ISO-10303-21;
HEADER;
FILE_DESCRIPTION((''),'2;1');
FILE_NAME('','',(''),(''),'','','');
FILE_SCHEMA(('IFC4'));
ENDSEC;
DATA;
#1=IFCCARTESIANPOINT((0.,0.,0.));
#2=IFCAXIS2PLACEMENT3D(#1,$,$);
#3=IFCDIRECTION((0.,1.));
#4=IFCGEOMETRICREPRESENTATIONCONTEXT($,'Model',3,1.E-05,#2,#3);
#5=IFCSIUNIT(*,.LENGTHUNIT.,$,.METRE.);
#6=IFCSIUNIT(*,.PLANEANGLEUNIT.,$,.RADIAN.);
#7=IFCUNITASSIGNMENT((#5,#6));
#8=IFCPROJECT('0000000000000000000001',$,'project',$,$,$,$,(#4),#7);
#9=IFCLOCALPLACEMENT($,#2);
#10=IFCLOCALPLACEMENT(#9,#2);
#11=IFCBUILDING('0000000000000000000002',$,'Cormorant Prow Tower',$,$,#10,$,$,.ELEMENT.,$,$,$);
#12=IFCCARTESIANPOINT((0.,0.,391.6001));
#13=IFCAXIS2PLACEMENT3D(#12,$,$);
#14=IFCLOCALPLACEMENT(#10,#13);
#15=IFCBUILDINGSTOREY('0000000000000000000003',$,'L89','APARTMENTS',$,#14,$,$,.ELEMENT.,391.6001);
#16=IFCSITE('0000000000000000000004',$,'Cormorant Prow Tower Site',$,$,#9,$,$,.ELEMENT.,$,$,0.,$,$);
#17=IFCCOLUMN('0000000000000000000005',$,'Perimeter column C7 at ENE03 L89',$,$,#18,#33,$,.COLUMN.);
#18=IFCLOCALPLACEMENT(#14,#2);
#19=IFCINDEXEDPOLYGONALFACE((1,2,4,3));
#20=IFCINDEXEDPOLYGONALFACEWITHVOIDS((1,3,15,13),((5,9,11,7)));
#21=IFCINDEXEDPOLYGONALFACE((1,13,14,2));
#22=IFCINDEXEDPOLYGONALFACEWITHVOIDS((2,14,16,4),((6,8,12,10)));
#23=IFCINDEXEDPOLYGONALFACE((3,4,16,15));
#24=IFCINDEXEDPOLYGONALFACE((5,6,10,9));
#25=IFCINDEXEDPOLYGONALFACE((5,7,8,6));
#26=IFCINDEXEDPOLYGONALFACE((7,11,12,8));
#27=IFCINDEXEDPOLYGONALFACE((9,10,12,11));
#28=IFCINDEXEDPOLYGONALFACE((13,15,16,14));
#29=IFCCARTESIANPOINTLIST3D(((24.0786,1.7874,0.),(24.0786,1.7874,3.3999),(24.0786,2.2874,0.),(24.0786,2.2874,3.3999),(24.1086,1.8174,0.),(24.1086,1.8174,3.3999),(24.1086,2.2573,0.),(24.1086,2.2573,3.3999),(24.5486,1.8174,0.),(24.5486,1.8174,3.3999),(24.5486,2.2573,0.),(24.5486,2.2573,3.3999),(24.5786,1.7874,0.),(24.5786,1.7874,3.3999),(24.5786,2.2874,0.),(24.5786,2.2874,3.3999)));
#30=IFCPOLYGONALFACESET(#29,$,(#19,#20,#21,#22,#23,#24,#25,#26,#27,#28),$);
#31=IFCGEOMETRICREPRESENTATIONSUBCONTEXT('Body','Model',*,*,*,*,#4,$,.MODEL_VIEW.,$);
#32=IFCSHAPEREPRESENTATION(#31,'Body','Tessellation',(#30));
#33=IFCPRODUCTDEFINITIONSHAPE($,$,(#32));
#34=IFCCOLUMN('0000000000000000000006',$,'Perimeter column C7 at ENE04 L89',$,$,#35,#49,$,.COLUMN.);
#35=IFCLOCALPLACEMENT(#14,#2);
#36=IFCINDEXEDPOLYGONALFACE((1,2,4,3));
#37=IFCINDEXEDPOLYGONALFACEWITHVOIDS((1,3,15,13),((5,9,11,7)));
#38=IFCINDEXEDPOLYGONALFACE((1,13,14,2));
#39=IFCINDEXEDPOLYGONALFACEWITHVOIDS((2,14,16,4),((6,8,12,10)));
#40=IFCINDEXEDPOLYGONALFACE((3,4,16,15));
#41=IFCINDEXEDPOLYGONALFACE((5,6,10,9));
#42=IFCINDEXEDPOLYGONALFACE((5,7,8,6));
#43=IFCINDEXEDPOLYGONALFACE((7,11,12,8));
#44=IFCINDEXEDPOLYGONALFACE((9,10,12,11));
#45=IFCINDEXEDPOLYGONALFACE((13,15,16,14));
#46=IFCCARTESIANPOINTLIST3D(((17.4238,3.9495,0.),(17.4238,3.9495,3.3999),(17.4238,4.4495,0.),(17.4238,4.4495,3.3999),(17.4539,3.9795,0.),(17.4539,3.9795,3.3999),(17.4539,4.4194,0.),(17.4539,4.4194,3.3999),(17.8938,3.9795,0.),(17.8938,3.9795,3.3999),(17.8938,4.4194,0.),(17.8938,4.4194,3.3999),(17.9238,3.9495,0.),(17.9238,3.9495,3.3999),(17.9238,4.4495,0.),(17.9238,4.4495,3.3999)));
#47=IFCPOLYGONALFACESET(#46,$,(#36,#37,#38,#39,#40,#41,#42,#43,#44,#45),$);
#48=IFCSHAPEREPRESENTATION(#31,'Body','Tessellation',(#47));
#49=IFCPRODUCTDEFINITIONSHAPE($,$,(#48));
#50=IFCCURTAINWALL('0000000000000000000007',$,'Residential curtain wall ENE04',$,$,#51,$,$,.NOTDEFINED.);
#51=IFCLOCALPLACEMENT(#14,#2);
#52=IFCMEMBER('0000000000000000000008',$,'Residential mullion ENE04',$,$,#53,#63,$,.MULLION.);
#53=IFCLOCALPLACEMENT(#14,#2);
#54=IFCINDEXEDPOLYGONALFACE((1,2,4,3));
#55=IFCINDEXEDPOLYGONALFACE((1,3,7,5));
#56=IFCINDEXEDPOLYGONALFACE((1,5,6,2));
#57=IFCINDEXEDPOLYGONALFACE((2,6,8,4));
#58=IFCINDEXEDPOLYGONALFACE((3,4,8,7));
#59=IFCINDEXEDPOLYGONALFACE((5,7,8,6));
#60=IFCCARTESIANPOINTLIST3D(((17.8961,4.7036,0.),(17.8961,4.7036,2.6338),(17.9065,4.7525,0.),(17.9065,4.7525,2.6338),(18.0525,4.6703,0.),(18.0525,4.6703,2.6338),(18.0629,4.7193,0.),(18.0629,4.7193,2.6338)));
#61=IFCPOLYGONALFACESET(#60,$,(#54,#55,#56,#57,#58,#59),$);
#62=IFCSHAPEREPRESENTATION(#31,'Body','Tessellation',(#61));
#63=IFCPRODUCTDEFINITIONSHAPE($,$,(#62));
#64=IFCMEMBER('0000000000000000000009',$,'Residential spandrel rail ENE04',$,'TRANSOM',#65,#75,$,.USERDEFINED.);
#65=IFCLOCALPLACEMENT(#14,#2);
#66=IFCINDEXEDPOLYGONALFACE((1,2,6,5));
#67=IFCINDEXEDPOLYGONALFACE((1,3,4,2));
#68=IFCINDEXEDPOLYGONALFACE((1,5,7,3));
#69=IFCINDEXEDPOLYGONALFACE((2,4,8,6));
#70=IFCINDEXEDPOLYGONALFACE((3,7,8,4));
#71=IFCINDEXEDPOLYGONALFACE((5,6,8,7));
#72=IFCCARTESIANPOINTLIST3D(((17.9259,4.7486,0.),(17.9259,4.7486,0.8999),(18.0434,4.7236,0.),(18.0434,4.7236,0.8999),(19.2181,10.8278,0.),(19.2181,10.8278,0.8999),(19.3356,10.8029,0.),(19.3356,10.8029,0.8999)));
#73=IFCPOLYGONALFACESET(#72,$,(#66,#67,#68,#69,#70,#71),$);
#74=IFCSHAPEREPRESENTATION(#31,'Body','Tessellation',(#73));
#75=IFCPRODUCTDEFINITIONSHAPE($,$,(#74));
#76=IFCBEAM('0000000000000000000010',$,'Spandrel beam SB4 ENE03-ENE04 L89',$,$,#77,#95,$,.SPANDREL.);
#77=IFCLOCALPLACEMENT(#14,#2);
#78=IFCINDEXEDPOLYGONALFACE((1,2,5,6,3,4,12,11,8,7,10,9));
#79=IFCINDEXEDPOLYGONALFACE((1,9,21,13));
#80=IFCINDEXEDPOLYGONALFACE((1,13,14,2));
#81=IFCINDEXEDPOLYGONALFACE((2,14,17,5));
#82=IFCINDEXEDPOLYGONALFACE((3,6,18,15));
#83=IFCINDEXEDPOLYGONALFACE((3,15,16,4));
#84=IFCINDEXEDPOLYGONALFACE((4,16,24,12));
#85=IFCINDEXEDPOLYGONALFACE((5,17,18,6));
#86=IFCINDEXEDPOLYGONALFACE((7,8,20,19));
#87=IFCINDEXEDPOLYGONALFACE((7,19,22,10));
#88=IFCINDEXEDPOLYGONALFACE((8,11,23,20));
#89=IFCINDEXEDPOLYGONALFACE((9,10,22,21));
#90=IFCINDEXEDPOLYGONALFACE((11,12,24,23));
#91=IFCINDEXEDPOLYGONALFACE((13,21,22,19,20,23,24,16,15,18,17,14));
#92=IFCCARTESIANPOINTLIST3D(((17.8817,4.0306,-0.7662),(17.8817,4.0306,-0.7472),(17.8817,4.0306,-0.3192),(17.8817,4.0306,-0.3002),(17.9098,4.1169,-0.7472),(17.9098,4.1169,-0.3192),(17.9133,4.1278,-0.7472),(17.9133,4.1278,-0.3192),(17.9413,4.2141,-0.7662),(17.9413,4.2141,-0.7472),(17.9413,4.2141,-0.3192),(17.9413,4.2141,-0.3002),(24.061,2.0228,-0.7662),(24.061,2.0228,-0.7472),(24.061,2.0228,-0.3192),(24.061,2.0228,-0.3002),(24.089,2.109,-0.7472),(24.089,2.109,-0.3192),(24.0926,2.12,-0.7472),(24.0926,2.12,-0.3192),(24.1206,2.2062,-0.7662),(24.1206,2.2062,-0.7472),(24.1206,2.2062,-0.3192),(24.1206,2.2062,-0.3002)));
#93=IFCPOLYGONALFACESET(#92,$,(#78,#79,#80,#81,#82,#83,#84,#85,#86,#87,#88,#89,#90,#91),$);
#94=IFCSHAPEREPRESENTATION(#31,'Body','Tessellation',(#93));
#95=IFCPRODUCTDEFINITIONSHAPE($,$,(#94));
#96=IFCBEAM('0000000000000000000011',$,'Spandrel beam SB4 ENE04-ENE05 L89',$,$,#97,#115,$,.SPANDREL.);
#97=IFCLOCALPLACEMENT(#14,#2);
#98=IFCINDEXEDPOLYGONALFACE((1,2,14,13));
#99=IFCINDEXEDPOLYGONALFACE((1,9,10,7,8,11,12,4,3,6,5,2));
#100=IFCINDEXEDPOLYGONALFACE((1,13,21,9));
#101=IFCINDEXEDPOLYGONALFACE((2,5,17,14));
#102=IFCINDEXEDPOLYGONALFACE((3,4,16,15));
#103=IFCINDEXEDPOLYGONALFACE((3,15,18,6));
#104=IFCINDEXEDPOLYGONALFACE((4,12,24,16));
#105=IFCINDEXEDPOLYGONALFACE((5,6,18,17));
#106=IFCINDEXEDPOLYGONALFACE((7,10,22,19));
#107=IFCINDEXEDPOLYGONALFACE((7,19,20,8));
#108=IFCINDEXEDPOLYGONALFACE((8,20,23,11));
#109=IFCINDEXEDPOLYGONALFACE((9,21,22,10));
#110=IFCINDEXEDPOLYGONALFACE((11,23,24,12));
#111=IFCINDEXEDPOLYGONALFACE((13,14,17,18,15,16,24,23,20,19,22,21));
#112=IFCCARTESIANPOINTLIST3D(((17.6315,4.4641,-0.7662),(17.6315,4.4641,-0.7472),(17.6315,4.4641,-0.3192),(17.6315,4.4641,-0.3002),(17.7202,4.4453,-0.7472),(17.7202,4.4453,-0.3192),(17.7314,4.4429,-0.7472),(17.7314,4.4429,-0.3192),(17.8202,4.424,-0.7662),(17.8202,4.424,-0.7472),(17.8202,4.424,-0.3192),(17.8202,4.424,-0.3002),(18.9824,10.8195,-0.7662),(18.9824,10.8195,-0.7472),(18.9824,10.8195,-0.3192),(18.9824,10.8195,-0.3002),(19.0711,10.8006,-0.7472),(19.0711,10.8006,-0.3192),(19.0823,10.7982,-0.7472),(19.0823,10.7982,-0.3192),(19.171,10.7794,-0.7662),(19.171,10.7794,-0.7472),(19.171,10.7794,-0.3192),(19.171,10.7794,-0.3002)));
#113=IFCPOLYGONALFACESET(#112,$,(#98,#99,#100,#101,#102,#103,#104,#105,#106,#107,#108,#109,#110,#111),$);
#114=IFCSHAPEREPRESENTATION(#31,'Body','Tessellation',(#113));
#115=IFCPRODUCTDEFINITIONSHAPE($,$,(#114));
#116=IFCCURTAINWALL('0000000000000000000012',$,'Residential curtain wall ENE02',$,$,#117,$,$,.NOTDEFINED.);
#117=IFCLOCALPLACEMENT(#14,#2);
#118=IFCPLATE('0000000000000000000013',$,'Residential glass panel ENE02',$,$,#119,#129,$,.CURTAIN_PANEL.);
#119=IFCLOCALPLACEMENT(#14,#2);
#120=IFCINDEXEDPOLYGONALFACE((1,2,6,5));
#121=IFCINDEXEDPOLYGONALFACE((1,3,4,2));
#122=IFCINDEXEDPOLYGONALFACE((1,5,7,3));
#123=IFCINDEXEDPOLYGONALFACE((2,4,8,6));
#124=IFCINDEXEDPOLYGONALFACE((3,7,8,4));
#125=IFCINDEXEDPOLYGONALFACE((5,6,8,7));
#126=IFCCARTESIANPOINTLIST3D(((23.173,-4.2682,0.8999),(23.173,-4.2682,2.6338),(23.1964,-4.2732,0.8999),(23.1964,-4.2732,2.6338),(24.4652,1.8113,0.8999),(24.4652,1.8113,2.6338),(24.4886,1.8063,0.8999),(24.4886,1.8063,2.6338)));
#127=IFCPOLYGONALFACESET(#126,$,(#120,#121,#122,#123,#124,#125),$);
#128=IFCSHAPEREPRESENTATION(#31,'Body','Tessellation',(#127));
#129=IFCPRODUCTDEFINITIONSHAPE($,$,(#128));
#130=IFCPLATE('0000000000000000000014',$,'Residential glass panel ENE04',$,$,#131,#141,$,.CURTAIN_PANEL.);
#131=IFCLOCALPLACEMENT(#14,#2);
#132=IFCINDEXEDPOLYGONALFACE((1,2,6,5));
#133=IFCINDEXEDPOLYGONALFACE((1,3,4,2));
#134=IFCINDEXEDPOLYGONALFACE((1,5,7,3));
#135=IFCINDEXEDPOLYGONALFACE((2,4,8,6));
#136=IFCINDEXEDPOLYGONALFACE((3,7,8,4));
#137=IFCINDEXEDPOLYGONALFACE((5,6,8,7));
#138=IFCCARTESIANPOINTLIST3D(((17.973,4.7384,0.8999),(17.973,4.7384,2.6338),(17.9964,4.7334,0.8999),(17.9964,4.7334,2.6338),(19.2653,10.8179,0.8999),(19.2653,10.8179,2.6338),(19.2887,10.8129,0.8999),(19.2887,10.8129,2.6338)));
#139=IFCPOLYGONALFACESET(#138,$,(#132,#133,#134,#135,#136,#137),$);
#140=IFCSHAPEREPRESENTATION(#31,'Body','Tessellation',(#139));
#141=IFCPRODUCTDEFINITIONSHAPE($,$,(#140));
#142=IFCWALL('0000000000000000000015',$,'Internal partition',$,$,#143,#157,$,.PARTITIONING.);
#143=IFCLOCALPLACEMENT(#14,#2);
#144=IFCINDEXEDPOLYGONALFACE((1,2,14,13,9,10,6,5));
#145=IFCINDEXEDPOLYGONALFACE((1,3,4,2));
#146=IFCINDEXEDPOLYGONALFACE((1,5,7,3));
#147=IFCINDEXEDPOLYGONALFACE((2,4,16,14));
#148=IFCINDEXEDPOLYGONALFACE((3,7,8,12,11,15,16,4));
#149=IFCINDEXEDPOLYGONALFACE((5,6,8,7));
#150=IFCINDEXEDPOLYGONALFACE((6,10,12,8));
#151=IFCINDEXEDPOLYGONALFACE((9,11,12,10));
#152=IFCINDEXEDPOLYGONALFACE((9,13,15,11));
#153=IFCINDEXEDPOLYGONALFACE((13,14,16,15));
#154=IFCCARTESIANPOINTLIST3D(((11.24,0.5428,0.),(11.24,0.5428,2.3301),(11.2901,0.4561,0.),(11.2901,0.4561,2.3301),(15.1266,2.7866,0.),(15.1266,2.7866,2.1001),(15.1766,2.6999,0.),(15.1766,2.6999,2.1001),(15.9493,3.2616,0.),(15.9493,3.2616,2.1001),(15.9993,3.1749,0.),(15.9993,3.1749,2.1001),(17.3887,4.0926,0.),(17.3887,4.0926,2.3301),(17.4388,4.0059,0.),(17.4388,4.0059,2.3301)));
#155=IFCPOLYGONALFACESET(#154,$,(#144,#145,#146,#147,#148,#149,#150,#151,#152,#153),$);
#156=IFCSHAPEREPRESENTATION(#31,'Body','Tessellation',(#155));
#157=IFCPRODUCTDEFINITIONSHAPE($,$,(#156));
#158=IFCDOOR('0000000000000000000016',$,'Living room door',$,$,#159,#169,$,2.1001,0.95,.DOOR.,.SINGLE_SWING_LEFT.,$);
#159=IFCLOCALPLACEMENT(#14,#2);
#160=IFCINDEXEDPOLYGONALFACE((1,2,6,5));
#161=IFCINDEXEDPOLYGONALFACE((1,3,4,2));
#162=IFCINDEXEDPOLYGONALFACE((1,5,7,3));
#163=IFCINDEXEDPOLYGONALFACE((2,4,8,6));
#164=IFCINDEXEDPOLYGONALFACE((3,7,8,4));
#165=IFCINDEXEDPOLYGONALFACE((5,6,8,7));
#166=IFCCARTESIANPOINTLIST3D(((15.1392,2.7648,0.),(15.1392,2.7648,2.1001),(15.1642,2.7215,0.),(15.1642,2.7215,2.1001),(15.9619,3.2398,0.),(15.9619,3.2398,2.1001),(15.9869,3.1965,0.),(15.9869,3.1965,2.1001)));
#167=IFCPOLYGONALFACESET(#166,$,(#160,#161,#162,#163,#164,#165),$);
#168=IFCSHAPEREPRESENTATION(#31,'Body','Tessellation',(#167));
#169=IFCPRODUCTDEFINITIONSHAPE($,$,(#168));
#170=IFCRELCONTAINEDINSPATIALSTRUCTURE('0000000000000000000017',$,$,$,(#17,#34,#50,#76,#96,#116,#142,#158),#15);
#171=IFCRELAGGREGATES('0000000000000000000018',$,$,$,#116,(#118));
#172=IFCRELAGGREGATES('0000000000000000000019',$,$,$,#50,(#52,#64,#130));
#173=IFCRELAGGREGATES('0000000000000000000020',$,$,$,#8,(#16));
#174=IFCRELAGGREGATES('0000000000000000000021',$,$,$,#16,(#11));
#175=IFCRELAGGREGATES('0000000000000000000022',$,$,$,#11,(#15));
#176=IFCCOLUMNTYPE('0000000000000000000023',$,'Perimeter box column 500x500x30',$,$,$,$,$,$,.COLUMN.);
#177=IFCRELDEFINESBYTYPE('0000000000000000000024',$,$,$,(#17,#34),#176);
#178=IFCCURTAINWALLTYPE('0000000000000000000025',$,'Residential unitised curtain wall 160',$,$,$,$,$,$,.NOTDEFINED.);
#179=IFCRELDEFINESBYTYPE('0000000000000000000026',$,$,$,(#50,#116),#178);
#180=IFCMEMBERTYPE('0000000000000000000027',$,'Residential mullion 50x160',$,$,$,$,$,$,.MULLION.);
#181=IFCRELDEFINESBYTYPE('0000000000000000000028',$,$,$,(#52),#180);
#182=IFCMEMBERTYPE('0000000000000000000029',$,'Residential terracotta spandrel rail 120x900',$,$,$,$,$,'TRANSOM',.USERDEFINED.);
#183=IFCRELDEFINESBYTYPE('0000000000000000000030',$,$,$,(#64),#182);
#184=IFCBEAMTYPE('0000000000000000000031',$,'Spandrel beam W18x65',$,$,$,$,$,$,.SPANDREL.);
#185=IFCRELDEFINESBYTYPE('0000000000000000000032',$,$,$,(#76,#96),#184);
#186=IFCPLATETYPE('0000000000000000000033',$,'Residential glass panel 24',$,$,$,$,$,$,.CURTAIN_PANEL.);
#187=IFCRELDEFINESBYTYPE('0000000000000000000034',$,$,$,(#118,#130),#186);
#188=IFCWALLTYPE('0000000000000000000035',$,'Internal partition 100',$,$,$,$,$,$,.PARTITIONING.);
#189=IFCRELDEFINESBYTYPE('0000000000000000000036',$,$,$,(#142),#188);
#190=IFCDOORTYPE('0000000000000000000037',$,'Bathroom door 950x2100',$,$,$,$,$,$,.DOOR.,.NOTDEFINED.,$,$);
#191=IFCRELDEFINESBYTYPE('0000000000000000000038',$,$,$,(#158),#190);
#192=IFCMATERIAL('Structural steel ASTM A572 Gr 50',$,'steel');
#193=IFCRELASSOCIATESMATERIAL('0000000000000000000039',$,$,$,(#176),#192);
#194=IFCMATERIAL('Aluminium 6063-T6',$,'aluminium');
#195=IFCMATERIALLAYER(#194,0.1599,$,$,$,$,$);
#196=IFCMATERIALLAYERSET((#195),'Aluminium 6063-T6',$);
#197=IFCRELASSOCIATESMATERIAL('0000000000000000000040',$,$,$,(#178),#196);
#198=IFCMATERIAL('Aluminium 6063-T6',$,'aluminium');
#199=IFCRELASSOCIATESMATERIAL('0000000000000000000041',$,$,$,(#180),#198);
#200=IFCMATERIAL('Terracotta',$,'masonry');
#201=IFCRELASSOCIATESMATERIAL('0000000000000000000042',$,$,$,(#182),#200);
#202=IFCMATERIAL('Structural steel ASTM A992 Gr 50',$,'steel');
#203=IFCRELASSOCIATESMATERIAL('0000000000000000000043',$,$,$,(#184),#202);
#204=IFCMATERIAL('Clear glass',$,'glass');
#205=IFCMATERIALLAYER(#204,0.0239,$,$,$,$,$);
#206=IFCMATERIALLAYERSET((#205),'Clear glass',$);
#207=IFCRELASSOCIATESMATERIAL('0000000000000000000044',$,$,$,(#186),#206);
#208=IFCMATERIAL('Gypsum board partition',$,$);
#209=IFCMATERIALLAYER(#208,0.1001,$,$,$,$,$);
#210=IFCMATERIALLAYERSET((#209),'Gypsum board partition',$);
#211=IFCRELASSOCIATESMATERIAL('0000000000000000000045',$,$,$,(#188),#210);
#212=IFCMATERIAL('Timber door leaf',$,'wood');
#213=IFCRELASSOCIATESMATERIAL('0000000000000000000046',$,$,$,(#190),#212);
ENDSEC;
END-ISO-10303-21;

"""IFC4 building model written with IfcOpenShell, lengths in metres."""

from ifc_helpers import new_model, si_unit, direction, frame, frame_2d, origin, origin_2d, place, context, subcontext, project, spatial, rectangle, hollow_rectangle, i_section, extrude, material, layer, layer_set, material_profile, profile_set, type_object, element, fill, aggregate, save


model = new_model("IFC4")

# Units and contexts
model_context = context("Model", 3, precision=1e-05, world=origin(), true_north=direction((0.0, 1.0)))
body_context = subcontext(model_context, "Body", "Model", "MODEL_VIEW")
ifc_project = project(units=[si_unit("LENGTHUNIT", "METRE"), si_unit("PLANEANGLEUNIT", "RADIAN")], contexts=[model_context])

# Site, building, storey
site_placement = place(None, origin())
site = spatial("IfcSite", under=ifc_project, at=site_placement, Name="Cormorant Prow Tower Site", CompositionType="ELEMENT", RefElevation=0.0)
building_placement = place(site_placement, origin())
building = spatial("IfcBuilding", under=site, at=building_placement, Name="Cormorant Prow Tower", CompositionType="ELEMENT")
storey_placement = place(building_placement, frame((0.0, 0.0, 391.6001)))
storey = spatial("IfcBuildingStorey", under=building, at=storey_placement, Name="L89", Description="APARTMENTS", CompositionType="ELEMENT", Elevation=391.6001)

# Columns
ifc_material_1 = material(Name="Structural steel ASTM A572 Gr 50", Category="steel")
ifc_material_profile_1 = material_profile(ifc_material_1, hollow_rectangle(XDim=0.5, YDim=0.5, WallThickness=0.03, at=origin_2d()), Name="Box 500x500x30")
ifc_profile_set_1 = profile_set([ifc_material_profile_1], Name="Structural steel ASTM A572 Gr 50")
column_type = type_object("IfcColumnType", Name="Perimeter box column 500x500x30", PredefinedType="COLUMN", material=ifc_profile_set_1)
for number, where, z_axis, x_axis, name in (
    (1, (24.3286, 2.0374, 0.0), (0.0, 0.0, 1.0), (1.0, 0.0, 0.0), "Perimeter column C7 at ENE03 L89"),
    (2, (17.6738, 4.1995, 0.0), (0.0, 0.0, 1.0), (1.0, 0.0, 0.0), "Perimeter column C7 at ENE04 L89"),
):
    element("IfcColumn", number, at=place(storey_placement, frame(where, z_axis=z_axis, x_axis=x_axis)), inside=storey, type_object=column_type, Name=name, PredefinedType="COLUMN", context=body_context, shape_type="SweptSolid", body=[
        extrude(hollow_rectangle(XDim=0.5, YDim=0.5, WallThickness=0.03, at=origin_2d()), origin(), (0.0, 0.0, 1.0), 3.3999),
    ])

# Curtain wall, members
ifc_material_2 = material(Name="Aluminium 6063-T6", Category="aluminium")
ifc_layer_1 = layer(ifc_material_2, 0.1599)
ifc_layer_set_1 = layer_set([ifc_layer_1], Name="Aluminium 6063-T6")
curtain_wall_type = type_object("IfcCurtainWallType", Name="Residential unitised curtain wall 160", PredefinedType="NOTDEFINED", material=ifc_layer_set_1)
curtain_wall_1_placement = place(storey_placement, origin())
curtain_wall_1 = element("IfcCurtainWall", 3, at=curtain_wall_1_placement, inside=storey, type_object=curtain_wall_type, Name="Residential curtain wall ENE04", PredefinedType="NOTDEFINED")
ifc_material_3 = material(Name="Aluminium 6063-T6", Category="aluminium")
ifc_material_profile_2 = material_profile(ifc_material_3, rectangle(XDim=0.1599, YDim=0.05, at=origin_2d()), Name="Residential mullion 50x160")
ifc_profile_set_2 = profile_set([ifc_material_profile_2], Name="Aluminium 6063-T6")
member_type_1 = type_object("IfcMemberType", Name="Residential mullion 50x160", PredefinedType="MULLION", material=ifc_profile_set_2)
member_1_placement = place(storey_placement, frame((17.9795, 4.7114, 0.0), z_axis=(0.0, 0.0, 1.0), x_axis=(-0.978148, 0.207912, 0.0)))
member_1 = element("IfcMember", 4, at=member_1_placement, type_object=member_type_1, Name="Residential mullion ENE04", PredefinedType="MULLION", context=body_context, shape_type="SweptSolid", body=[
    extrude(rectangle(XDim=0.1599, YDim=0.05, at=origin_2d()), origin(), (0.0, 0.0, 1.0), 2.6338),
])
ifc_material_4 = material(Name="Terracotta", Category="masonry")
ifc_material_profile_3 = material_profile(ifc_material_4, rectangle(XDim=0.1201, YDim=0.8999, at=origin_2d()), Name="Residential terracotta spandrel rail 120x900")
ifc_profile_set_3 = profile_set([ifc_material_profile_3], Name="Terracotta")
member_type_2 = type_object("IfcMemberType", Name="Residential terracotta spandrel rail 120x900", ElementType="TRANSOM", PredefinedType="USERDEFINED", material=ifc_profile_set_3)
member_2_placement = place(storey_placement, frame((17.9846, 4.7361, 0.45), z_axis=(0.207917, 0.978147, 0.0), x_axis=(-0.978147, 0.207917, 0.0)))
member_2 = element("IfcMember", 5, at=member_2_placement, type_object=member_type_2, Name="Residential spandrel rail ENE04", ObjectType="TRANSOM", PredefinedType="USERDEFINED", context=body_context, shape_type="SweptSolid", body=[
    extrude(rectangle(XDim=0.1201, YDim=0.8999, at=origin_2d()), origin(), (0.0, 0.0, 1.0), 6.2151),
])

# Beams
ifc_material_5 = material(Name="Structural steel ASTM A992 Gr 50", Category="steel")
ifc_material_profile_4 = material_profile(ifc_material_5, i_section(OverallWidth=0.1929, OverallDepth=0.4661, WebThickness=0.0115, FlangeThickness=0.019, at=origin_2d()), Name="W18x65")
ifc_profile_set_4 = profile_set([ifc_material_profile_4], Name="Structural steel ASTM A992 Gr 50")
beam_type = type_object("IfcBeamType", Name="Spandrel beam W18x65", PredefinedType="SPANDREL", material=ifc_profile_set_4)
for number, where, z_axis, x_axis, name in (
    (6, (24.0908, 2.1145, -0.5332), (-0.951053, 0.309027, 0.0), (-0.309027, -0.951053, 0.0), "Spandrel beam SB4 ENE03-ENE04 L89"),
    (7, (17.7258, 4.4441, -0.5332), (0.20791, 0.978148, 0.0), (-0.978148, 0.20791, 0.0), "Spandrel beam SB4 ENE04-ENE05 L89"),
):
    element("IfcBeam", number, at=place(storey_placement, frame(where, z_axis=z_axis, x_axis=x_axis)), inside=storey, type_object=beam_type, Name=name, PredefinedType="SPANDREL", context=body_context, shape_type="SweptSolid", body=[
        extrude(i_section(OverallWidth=0.1929, OverallDepth=0.4661, WebThickness=0.0115, FlangeThickness=0.019, at=origin_2d()), origin(), (0.0, 0.0, 1.0), 6.4973),
    ])

# Curtain wall, plate
curtain_wall_2_placement = place(storey_placement, origin())
curtain_wall_2 = element("IfcCurtainWall", 8, at=curtain_wall_2_placement, inside=storey, type_object=curtain_wall_type, Name="Residential curtain wall ENE02", PredefinedType="NOTDEFINED")
ifc_material_6 = material(Name="Clear glass", Category="glass")
ifc_layer_2 = layer(ifc_material_6, 0.0239)
ifc_layer_set_2 = layer_set([ifc_layer_2], Name="Clear glass")
plate_type = type_object("IfcPlateType", Name="Residential glass panel 24", PredefinedType="CURTAIN_PANEL", material=ifc_layer_set_2)
plate_1_placement = place(storey_placement, frame((23.8308, -1.231, 0.8999), z_axis=(0.0, 0.0, 1.0), x_axis=(0.207912, 0.978148, 0.0)))
plate_1 = element("IfcPlate", 9, at=plate_1_placement, type_object=plate_type, Name="Residential glass panel ENE02", PredefinedType="CURTAIN_PANEL", context=body_context, shape_type="SweptSolid", body=[
    extrude(rectangle(XDim=6.2153, YDim=0.0239, at=origin_2d()), origin(), (0.0, 0.0, 1.0), 1.7339),
])
aggregate(curtain_wall_2, [plate_1])

# Plate
plate_2_placement = place(storey_placement, frame((18.6309, 7.7756, 0.8999), z_axis=(0.0, 0.0, 1.0), x_axis=(0.207912, 0.978148, 0.0)))
plate_2 = element("IfcPlate", 10, at=plate_2_placement, type_object=plate_type, Name="Residential glass panel ENE04", PredefinedType="CURTAIN_PANEL", context=body_context, shape_type="SweptSolid", body=[
    extrude(rectangle(XDim=6.2153, YDim=0.0239, at=origin_2d()), origin(), (0.0, 0.0, 1.0), 1.7339),
])
aggregate(curtain_wall_1, [member_1, member_2, plate_2])

# Wall, opening, door
ifc_material_7 = material(Name="Gypsum board partition")
ifc_layer_3 = layer(ifc_material_7, 0.1001)
ifc_layer_set_3 = layer_set([ifc_layer_3], Name="Gypsum board partition")
wall_type_1 = type_object("IfcWallType", Name="Internal partition 100", PredefinedType="PARTITIONING", material=ifc_layer_set_3)
wall_1_placement = place(storey_placement, frame((11.2651, 0.4995, 0.0), z_axis=(0.0, 0.0, 1.0), x_axis=(0.866034, 0.499985, 0.0)))
wall_1 = element("IfcWall", 11, at=wall_1_placement, inside=storey, type_object=wall_type_1, Name="Internal partition", PredefinedType="PARTITIONING", context=body_context, shape_type="SweptSolid", body=[
    extrude(rectangle(XDim=7.0999, YDim=0.1001, at=frame_2d((3.5498, 0.0))), origin(), (0.0, 0.0, 1.0), 2.3301),
])
opening_1_placement = place(wall_1_placement, frame((4.4875, 0.0, 0.0)))
opening_1 = element("IfcOpeningElement", 12, at=opening_1_placement, cuts=wall_1, PredefinedType="OPENING", context=body_context, shape_type="SweptSolid", body=[
    extrude(rectangle(XDim=0.95, YDim=2.1001, at=frame_2d((0.4751, 1.05))), frame((0.0, 0.0601, 0.0), z_axis=(0.0, -1.0, 0.0), x_axis=(1.0, 0.0, 0.0)), (0.0, 0.0, 1.0), 0.1201),
])
ifc_material_8 = material(Name="Timber door leaf", Category="wood")
door_type_1 = type_object("IfcDoorType", Name="Bathroom door 950x2100", OperationType="NOTDEFINED", PredefinedType="DOOR", material=ifc_material_8)
door_1_placement = place(opening_1_placement, origin())
door_1 = element("IfcDoor", 13, at=door_1_placement, inside=storey, type_object=door_type_1, Name="Living room door", OperationType="SINGLE_SWING_LEFT", OverallHeight=2.1001, OverallWidth=0.95, PredefinedType="DOOR", context=body_context, shape_type="SweptSolid", body=[
    extrude(rectangle(XDim=0.95, YDim=2.1001, at=frame_2d((0.4751, 1.05))), frame((0.0, 0.0249, 0.0), z_axis=(0.0, -1.0, 0.0), x_axis=(1.0, 0.0, 0.0)), (0.0, 0.0, 1.0), 0.05),
])
fill(opening_1, door_1)

save(model, "model.ifc")
